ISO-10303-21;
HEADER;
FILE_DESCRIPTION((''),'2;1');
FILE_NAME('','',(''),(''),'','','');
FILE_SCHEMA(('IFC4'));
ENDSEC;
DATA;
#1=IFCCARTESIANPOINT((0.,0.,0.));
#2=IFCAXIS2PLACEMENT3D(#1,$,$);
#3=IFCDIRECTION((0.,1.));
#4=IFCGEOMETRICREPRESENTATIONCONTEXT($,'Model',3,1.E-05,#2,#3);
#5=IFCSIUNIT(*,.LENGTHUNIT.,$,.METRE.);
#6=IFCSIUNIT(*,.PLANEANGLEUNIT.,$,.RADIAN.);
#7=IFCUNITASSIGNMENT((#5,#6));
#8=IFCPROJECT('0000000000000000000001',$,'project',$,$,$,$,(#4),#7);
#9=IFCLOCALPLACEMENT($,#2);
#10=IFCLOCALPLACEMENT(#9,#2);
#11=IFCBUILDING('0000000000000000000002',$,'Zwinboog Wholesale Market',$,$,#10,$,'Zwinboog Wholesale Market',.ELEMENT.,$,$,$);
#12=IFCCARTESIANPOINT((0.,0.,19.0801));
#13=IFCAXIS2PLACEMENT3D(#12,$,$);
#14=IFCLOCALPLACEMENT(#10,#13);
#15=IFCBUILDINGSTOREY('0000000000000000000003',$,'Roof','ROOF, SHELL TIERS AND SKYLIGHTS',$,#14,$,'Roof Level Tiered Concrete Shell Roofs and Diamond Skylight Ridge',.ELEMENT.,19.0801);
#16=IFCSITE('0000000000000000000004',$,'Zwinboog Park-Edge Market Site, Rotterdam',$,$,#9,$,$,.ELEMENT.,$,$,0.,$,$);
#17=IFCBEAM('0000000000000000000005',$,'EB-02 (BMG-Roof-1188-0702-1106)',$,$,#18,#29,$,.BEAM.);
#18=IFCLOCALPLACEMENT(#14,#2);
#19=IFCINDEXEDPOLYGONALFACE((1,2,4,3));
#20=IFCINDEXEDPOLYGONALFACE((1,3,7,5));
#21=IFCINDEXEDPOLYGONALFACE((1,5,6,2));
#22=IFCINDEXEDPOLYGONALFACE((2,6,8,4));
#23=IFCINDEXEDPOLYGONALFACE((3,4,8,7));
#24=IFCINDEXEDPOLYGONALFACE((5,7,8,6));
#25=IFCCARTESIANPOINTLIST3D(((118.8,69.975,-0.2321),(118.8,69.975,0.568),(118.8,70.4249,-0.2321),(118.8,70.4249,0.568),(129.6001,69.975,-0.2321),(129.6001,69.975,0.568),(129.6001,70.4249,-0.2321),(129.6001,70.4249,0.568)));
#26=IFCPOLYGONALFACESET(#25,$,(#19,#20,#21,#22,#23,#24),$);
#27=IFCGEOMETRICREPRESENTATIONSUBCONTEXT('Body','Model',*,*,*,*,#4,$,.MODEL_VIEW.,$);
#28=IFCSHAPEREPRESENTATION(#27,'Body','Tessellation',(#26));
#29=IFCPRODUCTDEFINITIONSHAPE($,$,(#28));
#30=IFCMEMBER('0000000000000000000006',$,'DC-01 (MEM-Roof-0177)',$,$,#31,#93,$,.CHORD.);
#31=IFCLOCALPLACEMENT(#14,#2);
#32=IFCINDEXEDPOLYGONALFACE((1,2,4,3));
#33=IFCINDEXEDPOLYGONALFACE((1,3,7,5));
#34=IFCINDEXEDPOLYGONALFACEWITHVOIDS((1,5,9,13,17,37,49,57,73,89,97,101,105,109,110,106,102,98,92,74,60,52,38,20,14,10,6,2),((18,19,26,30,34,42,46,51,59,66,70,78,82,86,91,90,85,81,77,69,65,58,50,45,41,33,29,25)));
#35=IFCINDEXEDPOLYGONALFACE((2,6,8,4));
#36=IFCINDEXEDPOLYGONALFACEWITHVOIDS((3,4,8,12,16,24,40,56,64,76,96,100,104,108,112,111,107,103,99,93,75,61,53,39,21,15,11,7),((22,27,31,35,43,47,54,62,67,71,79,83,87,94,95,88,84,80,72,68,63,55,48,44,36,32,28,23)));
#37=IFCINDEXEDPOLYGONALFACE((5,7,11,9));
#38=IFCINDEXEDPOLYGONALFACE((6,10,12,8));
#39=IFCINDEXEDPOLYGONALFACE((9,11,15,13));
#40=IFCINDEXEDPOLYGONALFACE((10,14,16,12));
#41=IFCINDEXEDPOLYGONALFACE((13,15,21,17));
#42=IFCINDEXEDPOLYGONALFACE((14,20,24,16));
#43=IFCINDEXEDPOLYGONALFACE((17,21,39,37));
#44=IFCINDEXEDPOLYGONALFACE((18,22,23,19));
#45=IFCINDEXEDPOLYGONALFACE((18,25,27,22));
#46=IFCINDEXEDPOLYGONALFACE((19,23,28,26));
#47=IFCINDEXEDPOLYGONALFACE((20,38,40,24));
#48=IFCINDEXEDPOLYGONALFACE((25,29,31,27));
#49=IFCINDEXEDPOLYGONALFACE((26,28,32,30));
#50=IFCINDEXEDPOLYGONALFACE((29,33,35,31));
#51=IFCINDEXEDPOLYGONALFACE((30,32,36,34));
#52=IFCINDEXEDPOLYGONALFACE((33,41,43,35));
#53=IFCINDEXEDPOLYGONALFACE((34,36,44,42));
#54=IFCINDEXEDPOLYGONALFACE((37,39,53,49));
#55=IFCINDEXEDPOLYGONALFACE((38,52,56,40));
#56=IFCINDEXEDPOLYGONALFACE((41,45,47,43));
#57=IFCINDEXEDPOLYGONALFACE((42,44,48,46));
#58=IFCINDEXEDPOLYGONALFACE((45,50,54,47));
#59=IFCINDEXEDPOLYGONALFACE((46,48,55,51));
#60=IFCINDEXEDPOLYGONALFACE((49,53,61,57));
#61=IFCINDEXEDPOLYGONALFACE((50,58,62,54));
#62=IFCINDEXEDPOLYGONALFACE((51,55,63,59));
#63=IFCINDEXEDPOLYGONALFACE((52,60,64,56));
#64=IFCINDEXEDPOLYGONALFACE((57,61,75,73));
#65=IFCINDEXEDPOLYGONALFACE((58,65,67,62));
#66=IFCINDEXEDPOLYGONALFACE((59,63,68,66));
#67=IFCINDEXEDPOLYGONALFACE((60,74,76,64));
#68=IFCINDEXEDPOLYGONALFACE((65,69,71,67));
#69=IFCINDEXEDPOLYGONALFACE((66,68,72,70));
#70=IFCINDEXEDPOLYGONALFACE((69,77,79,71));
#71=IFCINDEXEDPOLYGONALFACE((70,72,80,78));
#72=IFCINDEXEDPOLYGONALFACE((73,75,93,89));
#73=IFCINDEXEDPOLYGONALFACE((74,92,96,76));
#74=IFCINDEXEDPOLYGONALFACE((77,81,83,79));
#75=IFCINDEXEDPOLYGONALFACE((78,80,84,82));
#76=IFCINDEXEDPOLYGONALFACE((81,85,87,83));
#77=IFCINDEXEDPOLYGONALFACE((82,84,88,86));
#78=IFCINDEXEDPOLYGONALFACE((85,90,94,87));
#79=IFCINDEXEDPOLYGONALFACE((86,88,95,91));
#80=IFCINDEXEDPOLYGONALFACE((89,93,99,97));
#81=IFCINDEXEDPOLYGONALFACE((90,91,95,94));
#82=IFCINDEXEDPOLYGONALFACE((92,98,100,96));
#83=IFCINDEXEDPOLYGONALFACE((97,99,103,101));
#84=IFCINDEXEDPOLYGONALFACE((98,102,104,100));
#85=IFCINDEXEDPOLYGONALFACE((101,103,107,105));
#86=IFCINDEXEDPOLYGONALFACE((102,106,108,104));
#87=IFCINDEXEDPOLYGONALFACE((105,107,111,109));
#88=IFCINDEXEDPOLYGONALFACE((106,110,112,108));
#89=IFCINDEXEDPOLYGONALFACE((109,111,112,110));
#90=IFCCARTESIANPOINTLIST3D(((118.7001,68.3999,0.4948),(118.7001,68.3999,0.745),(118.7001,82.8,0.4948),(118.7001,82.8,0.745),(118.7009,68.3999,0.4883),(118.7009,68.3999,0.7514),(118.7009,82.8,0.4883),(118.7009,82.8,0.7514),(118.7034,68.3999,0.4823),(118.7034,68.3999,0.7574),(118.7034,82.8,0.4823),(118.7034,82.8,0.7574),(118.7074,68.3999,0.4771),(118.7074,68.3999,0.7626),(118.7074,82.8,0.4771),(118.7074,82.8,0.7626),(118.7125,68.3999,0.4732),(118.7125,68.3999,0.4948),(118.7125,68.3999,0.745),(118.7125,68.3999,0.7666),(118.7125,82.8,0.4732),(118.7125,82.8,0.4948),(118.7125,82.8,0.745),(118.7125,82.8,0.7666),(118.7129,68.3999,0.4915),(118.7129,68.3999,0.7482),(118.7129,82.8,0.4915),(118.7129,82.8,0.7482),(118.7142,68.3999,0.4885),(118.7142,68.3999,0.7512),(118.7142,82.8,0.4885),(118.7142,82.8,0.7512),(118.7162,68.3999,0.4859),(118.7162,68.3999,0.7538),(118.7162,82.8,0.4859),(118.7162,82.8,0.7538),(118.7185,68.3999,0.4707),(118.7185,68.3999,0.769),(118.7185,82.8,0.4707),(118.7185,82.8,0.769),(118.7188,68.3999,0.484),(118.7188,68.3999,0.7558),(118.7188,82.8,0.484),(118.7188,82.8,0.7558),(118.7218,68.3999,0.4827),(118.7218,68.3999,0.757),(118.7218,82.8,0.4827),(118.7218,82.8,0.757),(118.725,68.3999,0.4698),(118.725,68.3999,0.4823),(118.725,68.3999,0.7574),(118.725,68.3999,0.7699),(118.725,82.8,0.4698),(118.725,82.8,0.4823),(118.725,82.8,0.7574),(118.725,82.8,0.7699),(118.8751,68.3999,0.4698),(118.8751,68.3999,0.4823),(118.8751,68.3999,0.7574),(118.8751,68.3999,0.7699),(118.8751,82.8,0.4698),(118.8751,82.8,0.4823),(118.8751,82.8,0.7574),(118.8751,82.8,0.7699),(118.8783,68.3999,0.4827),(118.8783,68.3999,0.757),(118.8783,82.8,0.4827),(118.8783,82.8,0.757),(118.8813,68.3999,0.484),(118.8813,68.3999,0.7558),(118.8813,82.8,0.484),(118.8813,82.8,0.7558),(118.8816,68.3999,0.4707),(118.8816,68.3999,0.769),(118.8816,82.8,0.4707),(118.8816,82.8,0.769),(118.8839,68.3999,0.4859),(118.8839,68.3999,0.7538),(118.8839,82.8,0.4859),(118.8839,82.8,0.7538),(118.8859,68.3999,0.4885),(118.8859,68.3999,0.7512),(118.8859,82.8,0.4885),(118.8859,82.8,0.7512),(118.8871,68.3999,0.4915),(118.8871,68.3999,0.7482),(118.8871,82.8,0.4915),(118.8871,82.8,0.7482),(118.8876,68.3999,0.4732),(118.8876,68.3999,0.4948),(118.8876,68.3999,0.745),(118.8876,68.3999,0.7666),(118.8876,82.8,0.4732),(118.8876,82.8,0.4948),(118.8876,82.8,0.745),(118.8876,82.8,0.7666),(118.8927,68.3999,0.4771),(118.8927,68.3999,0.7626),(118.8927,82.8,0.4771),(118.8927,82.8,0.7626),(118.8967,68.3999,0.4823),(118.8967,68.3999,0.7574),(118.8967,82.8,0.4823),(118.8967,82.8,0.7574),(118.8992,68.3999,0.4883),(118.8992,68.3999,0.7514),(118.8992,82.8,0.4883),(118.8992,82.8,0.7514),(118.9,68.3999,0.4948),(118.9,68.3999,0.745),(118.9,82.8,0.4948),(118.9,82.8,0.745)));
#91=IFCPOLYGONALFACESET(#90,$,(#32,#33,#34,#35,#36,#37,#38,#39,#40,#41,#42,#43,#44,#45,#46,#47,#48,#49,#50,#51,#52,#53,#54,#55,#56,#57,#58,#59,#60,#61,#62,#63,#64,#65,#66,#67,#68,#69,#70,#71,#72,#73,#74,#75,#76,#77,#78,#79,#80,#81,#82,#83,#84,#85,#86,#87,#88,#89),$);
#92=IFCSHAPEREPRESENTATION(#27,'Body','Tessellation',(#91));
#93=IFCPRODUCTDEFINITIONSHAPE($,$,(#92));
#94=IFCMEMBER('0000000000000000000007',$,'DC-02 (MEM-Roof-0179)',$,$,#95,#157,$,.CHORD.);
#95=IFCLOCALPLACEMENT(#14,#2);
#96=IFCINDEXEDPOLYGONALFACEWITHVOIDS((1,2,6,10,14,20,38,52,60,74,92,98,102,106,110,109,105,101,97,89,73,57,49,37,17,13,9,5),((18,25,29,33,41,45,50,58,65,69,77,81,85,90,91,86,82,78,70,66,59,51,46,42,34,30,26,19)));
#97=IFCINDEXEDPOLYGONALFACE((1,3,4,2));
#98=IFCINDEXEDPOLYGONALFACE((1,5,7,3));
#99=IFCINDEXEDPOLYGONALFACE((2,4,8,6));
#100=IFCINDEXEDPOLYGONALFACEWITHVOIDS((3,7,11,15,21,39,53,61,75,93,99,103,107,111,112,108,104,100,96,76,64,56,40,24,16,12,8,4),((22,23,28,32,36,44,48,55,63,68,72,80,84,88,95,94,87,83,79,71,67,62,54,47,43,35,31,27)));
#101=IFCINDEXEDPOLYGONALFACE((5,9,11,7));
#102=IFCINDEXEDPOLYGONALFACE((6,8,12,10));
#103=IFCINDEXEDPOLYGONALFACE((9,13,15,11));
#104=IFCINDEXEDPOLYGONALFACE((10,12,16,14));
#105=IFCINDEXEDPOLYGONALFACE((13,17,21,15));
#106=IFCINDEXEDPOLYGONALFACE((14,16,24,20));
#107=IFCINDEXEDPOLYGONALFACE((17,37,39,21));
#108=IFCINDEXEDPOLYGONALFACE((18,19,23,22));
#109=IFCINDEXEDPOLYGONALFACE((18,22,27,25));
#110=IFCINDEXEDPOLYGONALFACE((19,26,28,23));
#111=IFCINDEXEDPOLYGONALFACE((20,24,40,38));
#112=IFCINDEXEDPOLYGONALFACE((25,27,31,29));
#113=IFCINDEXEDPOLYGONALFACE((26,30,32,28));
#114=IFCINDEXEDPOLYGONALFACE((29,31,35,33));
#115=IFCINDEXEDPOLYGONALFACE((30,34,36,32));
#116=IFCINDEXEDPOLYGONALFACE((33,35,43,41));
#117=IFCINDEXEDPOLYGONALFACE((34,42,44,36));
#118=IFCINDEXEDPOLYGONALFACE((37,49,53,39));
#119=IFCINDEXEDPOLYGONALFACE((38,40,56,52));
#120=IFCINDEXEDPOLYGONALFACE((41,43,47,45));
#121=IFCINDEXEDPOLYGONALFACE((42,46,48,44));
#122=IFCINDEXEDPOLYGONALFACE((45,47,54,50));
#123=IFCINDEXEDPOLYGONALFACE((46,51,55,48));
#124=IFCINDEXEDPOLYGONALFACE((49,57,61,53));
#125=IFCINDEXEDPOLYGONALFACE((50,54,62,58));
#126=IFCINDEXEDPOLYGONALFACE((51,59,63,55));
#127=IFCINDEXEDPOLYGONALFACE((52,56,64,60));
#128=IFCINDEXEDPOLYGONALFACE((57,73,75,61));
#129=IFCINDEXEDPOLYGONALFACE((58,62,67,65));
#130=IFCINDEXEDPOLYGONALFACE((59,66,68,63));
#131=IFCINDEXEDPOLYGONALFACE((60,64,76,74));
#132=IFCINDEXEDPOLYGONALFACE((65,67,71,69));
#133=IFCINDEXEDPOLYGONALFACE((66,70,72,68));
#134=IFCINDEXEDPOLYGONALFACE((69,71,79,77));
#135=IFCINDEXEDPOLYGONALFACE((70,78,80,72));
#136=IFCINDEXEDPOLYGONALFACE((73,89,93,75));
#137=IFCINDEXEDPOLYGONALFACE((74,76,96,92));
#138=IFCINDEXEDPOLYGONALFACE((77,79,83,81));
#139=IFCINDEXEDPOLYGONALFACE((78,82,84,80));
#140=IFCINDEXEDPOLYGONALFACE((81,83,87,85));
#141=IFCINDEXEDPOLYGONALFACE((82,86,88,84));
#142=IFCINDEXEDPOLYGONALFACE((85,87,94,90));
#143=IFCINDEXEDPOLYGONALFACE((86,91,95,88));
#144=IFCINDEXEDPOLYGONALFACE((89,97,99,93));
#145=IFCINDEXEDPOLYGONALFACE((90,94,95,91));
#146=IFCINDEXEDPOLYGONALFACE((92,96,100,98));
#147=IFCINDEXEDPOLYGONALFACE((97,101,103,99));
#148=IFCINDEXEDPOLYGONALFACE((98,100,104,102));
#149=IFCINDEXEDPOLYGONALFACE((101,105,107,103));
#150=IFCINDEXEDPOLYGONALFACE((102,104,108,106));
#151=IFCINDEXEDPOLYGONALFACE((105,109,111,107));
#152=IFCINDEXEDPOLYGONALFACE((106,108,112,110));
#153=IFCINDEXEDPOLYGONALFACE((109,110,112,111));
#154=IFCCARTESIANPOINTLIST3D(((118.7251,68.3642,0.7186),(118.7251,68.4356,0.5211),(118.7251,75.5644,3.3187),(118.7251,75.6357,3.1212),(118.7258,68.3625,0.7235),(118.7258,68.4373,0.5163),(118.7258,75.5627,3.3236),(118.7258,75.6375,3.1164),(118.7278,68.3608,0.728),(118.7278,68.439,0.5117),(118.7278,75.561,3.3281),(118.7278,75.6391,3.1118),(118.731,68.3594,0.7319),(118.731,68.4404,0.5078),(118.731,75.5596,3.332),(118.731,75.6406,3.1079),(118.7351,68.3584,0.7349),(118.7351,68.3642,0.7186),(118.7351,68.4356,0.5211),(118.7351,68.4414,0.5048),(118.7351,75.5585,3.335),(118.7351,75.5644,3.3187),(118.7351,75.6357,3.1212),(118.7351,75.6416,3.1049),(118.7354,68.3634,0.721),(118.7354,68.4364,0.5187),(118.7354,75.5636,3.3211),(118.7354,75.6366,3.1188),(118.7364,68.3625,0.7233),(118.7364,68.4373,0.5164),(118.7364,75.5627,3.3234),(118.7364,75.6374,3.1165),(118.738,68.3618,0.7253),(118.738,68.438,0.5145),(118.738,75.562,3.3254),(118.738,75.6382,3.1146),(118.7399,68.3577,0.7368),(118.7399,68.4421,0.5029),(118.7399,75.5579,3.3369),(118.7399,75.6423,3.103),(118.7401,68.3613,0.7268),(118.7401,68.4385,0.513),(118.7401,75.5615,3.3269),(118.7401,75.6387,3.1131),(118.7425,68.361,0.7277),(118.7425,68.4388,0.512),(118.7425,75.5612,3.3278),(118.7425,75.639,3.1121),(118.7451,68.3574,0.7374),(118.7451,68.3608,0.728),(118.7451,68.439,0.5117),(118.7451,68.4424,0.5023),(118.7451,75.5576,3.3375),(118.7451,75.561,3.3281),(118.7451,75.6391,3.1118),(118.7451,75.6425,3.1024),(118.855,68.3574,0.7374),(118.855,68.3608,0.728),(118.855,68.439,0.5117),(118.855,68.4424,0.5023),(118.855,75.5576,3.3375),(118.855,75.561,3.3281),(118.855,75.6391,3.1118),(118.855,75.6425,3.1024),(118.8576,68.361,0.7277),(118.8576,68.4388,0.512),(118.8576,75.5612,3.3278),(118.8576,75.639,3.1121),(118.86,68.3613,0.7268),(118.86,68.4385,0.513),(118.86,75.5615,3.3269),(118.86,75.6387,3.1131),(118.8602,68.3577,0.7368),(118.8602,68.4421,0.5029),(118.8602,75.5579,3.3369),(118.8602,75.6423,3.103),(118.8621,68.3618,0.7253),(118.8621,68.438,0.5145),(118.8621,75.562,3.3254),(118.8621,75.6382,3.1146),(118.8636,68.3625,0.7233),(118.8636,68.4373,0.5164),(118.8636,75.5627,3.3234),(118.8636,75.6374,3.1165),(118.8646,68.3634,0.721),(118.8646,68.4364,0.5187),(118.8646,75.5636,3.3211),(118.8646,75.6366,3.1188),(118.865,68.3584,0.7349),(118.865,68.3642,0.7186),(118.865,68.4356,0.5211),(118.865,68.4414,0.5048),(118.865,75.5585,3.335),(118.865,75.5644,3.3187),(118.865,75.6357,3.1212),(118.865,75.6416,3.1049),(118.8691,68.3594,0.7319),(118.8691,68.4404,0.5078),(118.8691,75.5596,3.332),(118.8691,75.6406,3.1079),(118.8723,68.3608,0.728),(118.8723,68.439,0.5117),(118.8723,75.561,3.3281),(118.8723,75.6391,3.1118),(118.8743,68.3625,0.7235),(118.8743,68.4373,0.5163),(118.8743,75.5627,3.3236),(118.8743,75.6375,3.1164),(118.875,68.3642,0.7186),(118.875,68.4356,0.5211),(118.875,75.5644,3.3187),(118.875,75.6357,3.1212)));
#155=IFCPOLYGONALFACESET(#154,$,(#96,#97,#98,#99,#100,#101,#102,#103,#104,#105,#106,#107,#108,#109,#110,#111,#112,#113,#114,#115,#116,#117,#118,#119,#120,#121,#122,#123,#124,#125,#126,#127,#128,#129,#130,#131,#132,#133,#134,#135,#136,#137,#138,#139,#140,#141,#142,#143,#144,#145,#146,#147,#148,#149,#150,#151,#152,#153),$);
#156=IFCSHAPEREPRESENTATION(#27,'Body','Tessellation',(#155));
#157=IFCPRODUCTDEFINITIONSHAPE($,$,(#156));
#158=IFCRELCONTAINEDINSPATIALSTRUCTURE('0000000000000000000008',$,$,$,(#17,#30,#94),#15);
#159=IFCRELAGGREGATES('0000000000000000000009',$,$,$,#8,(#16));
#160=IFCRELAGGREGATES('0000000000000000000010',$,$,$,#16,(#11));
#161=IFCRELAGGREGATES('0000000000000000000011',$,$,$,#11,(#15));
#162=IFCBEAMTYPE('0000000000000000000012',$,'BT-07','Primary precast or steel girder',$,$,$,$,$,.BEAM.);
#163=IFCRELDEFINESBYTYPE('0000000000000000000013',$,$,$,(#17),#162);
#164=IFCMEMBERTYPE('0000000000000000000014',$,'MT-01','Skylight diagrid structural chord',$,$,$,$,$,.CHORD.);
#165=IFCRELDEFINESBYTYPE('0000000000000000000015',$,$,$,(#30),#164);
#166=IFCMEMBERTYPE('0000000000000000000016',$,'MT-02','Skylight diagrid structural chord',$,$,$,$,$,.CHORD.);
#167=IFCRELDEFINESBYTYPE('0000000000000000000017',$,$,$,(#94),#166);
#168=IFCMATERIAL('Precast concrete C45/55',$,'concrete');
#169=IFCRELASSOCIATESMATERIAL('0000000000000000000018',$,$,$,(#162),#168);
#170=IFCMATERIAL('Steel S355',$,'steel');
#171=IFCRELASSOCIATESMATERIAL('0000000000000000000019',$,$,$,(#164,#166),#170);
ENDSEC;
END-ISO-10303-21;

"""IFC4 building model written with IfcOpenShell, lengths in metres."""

from ifc_helpers import new_model, si_unit, direction, frame, origin, origin_2d, place, context, subcontext, project, spatial, rectangle, hollow_rectangle, extrude, material, material_profile, profile_set, type_object, element, save


model = new_model("IFC4")

# Units and contexts
model_context = context("Model", 3, precision=1e-05, world=origin(), true_north=direction((0.0, 1.0)))
body_context = subcontext(model_context, "Body", "Model", "MODEL_VIEW")
ifc_project = project(units=[si_unit("LENGTHUNIT", "METRE"), si_unit("PLANEANGLEUNIT", "RADIAN")], contexts=[model_context])

# Site, building, storey
site_placement = place(None, origin())
site = spatial("IfcSite", under=ifc_project, at=site_placement, Name="Zwinboog Park-Edge Market Site, Rotterdam", CompositionType="ELEMENT", RefElevation=0.0)
building_placement = place(site_placement, origin())
building = spatial("IfcBuilding", under=site, at=building_placement, Name="Zwinboog Wholesale Market", LongName="Zwinboog Wholesale Market", CompositionType="ELEMENT")
storey_placement = place(building_placement, frame((0.0, 0.0, 19.0801)))
storey = spatial("IfcBuildingStorey", under=building, at=storey_placement, Name="Roof", Description="ROOF, SHELL TIERS AND SKYLIGHTS", LongName="Roof Level Tiered Concrete Shell Roofs and Diamond Skylight Ridge", CompositionType="ELEMENT", Elevation=19.0801)

# Beam
ifc_material_1 = material(Name="Precast concrete C45/55", Category="concrete")
ifc_material_profile_1 = material_profile(ifc_material_1, rectangle(XDim=0.45, YDim=0.8, at=origin_2d()), Name="PC 450x800")
ifc_profile_set_1 = profile_set([ifc_material_profile_1], Name="Precast concrete C45/55")
beam_type = type_object("IfcBeamType", Name="BT-07", Description="Primary precast or steel girder", PredefinedType="BEAM", material=ifc_profile_set_1)
beam_placement = place(storey_placement, frame((118.8, 70.2, 0.168), z_axis=(1.0, 0.0, 0.0), x_axis=(0.0, 1.0, 0.0)))
element("IfcBeam", 1, at=beam_placement, inside=storey, type_object=beam_type, Name="EB-02 (BMG-Roof-1188-0702-1106)", PredefinedType="BEAM", context=body_context, shape_type="SweptSolid", body=[
    extrude(rectangle(XDim=0.45, YDim=0.8, at=origin_2d()), origin(), (0.0, 0.0, 1.0), 10.8),
])

# Members
ifc_material_2 = material(Name="Steel S355", Category="steel")
ifc_material_profile_2 = material_profile(ifc_material_2, hollow_rectangle(XDim=0.2, YDim=0.3, WallThickness=0.0125, InnerFilletRadius=0.0125, OuterFilletRadius=0.0249, at=origin_2d()), Name="RHS 300x200x12.5")
ifc_profile_set_2 = profile_set([ifc_material_profile_2], Name="Steel S355")
member_type_1 = type_object("IfcMemberType", Name="MT-01", Description="Skylight diagrid structural chord", PredefinedType="CHORD", material=ifc_profile_set_2)
member_1_placement = place(storey_placement, frame((118.8, 68.3999, 0.6199), z_axis=(0.0, 1.0, 0.0), x_axis=(-1.0, 0.0, 0.0)))
element("IfcMember", 2, at=member_1_placement, inside=storey, type_object=member_type_1, Name="DC-01 (MEM-Roof-0177)", PredefinedType="CHORD", context=body_context, shape_type="SweptSolid", body=[
    extrude(hollow_rectangle(XDim=0.2, YDim=0.3, WallThickness=0.0125, InnerFilletRadius=0.0125, OuterFilletRadius=0.0249, at=origin_2d()), origin(), (0.0, 0.0, 1.0), 14.4001),
])
ifc_material_profile_3 = material_profile(ifc_material_2, hollow_rectangle(XDim=0.1499, YDim=0.25, WallThickness=0.01, InnerFilletRadius=0.01, OuterFilletRadius=0.02, at=origin_2d()), Name="RHS 250x150x10")
ifc_profile_set_3 = profile_set([ifc_material_profile_3], Name="Steel S355")
member_type_2 = type_object("IfcMemberType", Name="MT-02", Description="Skylight diagrid structural chord", PredefinedType="CHORD", material=ifc_profile_set_3)
member_2_placement = place(storey_placement, frame((118.8, 68.3999, 0.6199), z_axis=(0.0, 0.940553, 0.339648), x_axis=(-1.0, 0.0, 0.0)))
element("IfcMember", 3, at=member_2_placement, inside=storey, type_object=member_type_2, Name="DC-02 (MEM-Roof-0179)", PredefinedType="CHORD", context=body_context, shape_type="SweptSolid", body=[
    extrude(hollow_rectangle(XDim=0.1499, YDim=0.25, WallThickness=0.01, InnerFilletRadius=0.01, OuterFilletRadius=0.02, at=origin_2d()), origin(), (0.0, 0.0, 1.0), 7.6553),
])

save(model, "model.ifc")
